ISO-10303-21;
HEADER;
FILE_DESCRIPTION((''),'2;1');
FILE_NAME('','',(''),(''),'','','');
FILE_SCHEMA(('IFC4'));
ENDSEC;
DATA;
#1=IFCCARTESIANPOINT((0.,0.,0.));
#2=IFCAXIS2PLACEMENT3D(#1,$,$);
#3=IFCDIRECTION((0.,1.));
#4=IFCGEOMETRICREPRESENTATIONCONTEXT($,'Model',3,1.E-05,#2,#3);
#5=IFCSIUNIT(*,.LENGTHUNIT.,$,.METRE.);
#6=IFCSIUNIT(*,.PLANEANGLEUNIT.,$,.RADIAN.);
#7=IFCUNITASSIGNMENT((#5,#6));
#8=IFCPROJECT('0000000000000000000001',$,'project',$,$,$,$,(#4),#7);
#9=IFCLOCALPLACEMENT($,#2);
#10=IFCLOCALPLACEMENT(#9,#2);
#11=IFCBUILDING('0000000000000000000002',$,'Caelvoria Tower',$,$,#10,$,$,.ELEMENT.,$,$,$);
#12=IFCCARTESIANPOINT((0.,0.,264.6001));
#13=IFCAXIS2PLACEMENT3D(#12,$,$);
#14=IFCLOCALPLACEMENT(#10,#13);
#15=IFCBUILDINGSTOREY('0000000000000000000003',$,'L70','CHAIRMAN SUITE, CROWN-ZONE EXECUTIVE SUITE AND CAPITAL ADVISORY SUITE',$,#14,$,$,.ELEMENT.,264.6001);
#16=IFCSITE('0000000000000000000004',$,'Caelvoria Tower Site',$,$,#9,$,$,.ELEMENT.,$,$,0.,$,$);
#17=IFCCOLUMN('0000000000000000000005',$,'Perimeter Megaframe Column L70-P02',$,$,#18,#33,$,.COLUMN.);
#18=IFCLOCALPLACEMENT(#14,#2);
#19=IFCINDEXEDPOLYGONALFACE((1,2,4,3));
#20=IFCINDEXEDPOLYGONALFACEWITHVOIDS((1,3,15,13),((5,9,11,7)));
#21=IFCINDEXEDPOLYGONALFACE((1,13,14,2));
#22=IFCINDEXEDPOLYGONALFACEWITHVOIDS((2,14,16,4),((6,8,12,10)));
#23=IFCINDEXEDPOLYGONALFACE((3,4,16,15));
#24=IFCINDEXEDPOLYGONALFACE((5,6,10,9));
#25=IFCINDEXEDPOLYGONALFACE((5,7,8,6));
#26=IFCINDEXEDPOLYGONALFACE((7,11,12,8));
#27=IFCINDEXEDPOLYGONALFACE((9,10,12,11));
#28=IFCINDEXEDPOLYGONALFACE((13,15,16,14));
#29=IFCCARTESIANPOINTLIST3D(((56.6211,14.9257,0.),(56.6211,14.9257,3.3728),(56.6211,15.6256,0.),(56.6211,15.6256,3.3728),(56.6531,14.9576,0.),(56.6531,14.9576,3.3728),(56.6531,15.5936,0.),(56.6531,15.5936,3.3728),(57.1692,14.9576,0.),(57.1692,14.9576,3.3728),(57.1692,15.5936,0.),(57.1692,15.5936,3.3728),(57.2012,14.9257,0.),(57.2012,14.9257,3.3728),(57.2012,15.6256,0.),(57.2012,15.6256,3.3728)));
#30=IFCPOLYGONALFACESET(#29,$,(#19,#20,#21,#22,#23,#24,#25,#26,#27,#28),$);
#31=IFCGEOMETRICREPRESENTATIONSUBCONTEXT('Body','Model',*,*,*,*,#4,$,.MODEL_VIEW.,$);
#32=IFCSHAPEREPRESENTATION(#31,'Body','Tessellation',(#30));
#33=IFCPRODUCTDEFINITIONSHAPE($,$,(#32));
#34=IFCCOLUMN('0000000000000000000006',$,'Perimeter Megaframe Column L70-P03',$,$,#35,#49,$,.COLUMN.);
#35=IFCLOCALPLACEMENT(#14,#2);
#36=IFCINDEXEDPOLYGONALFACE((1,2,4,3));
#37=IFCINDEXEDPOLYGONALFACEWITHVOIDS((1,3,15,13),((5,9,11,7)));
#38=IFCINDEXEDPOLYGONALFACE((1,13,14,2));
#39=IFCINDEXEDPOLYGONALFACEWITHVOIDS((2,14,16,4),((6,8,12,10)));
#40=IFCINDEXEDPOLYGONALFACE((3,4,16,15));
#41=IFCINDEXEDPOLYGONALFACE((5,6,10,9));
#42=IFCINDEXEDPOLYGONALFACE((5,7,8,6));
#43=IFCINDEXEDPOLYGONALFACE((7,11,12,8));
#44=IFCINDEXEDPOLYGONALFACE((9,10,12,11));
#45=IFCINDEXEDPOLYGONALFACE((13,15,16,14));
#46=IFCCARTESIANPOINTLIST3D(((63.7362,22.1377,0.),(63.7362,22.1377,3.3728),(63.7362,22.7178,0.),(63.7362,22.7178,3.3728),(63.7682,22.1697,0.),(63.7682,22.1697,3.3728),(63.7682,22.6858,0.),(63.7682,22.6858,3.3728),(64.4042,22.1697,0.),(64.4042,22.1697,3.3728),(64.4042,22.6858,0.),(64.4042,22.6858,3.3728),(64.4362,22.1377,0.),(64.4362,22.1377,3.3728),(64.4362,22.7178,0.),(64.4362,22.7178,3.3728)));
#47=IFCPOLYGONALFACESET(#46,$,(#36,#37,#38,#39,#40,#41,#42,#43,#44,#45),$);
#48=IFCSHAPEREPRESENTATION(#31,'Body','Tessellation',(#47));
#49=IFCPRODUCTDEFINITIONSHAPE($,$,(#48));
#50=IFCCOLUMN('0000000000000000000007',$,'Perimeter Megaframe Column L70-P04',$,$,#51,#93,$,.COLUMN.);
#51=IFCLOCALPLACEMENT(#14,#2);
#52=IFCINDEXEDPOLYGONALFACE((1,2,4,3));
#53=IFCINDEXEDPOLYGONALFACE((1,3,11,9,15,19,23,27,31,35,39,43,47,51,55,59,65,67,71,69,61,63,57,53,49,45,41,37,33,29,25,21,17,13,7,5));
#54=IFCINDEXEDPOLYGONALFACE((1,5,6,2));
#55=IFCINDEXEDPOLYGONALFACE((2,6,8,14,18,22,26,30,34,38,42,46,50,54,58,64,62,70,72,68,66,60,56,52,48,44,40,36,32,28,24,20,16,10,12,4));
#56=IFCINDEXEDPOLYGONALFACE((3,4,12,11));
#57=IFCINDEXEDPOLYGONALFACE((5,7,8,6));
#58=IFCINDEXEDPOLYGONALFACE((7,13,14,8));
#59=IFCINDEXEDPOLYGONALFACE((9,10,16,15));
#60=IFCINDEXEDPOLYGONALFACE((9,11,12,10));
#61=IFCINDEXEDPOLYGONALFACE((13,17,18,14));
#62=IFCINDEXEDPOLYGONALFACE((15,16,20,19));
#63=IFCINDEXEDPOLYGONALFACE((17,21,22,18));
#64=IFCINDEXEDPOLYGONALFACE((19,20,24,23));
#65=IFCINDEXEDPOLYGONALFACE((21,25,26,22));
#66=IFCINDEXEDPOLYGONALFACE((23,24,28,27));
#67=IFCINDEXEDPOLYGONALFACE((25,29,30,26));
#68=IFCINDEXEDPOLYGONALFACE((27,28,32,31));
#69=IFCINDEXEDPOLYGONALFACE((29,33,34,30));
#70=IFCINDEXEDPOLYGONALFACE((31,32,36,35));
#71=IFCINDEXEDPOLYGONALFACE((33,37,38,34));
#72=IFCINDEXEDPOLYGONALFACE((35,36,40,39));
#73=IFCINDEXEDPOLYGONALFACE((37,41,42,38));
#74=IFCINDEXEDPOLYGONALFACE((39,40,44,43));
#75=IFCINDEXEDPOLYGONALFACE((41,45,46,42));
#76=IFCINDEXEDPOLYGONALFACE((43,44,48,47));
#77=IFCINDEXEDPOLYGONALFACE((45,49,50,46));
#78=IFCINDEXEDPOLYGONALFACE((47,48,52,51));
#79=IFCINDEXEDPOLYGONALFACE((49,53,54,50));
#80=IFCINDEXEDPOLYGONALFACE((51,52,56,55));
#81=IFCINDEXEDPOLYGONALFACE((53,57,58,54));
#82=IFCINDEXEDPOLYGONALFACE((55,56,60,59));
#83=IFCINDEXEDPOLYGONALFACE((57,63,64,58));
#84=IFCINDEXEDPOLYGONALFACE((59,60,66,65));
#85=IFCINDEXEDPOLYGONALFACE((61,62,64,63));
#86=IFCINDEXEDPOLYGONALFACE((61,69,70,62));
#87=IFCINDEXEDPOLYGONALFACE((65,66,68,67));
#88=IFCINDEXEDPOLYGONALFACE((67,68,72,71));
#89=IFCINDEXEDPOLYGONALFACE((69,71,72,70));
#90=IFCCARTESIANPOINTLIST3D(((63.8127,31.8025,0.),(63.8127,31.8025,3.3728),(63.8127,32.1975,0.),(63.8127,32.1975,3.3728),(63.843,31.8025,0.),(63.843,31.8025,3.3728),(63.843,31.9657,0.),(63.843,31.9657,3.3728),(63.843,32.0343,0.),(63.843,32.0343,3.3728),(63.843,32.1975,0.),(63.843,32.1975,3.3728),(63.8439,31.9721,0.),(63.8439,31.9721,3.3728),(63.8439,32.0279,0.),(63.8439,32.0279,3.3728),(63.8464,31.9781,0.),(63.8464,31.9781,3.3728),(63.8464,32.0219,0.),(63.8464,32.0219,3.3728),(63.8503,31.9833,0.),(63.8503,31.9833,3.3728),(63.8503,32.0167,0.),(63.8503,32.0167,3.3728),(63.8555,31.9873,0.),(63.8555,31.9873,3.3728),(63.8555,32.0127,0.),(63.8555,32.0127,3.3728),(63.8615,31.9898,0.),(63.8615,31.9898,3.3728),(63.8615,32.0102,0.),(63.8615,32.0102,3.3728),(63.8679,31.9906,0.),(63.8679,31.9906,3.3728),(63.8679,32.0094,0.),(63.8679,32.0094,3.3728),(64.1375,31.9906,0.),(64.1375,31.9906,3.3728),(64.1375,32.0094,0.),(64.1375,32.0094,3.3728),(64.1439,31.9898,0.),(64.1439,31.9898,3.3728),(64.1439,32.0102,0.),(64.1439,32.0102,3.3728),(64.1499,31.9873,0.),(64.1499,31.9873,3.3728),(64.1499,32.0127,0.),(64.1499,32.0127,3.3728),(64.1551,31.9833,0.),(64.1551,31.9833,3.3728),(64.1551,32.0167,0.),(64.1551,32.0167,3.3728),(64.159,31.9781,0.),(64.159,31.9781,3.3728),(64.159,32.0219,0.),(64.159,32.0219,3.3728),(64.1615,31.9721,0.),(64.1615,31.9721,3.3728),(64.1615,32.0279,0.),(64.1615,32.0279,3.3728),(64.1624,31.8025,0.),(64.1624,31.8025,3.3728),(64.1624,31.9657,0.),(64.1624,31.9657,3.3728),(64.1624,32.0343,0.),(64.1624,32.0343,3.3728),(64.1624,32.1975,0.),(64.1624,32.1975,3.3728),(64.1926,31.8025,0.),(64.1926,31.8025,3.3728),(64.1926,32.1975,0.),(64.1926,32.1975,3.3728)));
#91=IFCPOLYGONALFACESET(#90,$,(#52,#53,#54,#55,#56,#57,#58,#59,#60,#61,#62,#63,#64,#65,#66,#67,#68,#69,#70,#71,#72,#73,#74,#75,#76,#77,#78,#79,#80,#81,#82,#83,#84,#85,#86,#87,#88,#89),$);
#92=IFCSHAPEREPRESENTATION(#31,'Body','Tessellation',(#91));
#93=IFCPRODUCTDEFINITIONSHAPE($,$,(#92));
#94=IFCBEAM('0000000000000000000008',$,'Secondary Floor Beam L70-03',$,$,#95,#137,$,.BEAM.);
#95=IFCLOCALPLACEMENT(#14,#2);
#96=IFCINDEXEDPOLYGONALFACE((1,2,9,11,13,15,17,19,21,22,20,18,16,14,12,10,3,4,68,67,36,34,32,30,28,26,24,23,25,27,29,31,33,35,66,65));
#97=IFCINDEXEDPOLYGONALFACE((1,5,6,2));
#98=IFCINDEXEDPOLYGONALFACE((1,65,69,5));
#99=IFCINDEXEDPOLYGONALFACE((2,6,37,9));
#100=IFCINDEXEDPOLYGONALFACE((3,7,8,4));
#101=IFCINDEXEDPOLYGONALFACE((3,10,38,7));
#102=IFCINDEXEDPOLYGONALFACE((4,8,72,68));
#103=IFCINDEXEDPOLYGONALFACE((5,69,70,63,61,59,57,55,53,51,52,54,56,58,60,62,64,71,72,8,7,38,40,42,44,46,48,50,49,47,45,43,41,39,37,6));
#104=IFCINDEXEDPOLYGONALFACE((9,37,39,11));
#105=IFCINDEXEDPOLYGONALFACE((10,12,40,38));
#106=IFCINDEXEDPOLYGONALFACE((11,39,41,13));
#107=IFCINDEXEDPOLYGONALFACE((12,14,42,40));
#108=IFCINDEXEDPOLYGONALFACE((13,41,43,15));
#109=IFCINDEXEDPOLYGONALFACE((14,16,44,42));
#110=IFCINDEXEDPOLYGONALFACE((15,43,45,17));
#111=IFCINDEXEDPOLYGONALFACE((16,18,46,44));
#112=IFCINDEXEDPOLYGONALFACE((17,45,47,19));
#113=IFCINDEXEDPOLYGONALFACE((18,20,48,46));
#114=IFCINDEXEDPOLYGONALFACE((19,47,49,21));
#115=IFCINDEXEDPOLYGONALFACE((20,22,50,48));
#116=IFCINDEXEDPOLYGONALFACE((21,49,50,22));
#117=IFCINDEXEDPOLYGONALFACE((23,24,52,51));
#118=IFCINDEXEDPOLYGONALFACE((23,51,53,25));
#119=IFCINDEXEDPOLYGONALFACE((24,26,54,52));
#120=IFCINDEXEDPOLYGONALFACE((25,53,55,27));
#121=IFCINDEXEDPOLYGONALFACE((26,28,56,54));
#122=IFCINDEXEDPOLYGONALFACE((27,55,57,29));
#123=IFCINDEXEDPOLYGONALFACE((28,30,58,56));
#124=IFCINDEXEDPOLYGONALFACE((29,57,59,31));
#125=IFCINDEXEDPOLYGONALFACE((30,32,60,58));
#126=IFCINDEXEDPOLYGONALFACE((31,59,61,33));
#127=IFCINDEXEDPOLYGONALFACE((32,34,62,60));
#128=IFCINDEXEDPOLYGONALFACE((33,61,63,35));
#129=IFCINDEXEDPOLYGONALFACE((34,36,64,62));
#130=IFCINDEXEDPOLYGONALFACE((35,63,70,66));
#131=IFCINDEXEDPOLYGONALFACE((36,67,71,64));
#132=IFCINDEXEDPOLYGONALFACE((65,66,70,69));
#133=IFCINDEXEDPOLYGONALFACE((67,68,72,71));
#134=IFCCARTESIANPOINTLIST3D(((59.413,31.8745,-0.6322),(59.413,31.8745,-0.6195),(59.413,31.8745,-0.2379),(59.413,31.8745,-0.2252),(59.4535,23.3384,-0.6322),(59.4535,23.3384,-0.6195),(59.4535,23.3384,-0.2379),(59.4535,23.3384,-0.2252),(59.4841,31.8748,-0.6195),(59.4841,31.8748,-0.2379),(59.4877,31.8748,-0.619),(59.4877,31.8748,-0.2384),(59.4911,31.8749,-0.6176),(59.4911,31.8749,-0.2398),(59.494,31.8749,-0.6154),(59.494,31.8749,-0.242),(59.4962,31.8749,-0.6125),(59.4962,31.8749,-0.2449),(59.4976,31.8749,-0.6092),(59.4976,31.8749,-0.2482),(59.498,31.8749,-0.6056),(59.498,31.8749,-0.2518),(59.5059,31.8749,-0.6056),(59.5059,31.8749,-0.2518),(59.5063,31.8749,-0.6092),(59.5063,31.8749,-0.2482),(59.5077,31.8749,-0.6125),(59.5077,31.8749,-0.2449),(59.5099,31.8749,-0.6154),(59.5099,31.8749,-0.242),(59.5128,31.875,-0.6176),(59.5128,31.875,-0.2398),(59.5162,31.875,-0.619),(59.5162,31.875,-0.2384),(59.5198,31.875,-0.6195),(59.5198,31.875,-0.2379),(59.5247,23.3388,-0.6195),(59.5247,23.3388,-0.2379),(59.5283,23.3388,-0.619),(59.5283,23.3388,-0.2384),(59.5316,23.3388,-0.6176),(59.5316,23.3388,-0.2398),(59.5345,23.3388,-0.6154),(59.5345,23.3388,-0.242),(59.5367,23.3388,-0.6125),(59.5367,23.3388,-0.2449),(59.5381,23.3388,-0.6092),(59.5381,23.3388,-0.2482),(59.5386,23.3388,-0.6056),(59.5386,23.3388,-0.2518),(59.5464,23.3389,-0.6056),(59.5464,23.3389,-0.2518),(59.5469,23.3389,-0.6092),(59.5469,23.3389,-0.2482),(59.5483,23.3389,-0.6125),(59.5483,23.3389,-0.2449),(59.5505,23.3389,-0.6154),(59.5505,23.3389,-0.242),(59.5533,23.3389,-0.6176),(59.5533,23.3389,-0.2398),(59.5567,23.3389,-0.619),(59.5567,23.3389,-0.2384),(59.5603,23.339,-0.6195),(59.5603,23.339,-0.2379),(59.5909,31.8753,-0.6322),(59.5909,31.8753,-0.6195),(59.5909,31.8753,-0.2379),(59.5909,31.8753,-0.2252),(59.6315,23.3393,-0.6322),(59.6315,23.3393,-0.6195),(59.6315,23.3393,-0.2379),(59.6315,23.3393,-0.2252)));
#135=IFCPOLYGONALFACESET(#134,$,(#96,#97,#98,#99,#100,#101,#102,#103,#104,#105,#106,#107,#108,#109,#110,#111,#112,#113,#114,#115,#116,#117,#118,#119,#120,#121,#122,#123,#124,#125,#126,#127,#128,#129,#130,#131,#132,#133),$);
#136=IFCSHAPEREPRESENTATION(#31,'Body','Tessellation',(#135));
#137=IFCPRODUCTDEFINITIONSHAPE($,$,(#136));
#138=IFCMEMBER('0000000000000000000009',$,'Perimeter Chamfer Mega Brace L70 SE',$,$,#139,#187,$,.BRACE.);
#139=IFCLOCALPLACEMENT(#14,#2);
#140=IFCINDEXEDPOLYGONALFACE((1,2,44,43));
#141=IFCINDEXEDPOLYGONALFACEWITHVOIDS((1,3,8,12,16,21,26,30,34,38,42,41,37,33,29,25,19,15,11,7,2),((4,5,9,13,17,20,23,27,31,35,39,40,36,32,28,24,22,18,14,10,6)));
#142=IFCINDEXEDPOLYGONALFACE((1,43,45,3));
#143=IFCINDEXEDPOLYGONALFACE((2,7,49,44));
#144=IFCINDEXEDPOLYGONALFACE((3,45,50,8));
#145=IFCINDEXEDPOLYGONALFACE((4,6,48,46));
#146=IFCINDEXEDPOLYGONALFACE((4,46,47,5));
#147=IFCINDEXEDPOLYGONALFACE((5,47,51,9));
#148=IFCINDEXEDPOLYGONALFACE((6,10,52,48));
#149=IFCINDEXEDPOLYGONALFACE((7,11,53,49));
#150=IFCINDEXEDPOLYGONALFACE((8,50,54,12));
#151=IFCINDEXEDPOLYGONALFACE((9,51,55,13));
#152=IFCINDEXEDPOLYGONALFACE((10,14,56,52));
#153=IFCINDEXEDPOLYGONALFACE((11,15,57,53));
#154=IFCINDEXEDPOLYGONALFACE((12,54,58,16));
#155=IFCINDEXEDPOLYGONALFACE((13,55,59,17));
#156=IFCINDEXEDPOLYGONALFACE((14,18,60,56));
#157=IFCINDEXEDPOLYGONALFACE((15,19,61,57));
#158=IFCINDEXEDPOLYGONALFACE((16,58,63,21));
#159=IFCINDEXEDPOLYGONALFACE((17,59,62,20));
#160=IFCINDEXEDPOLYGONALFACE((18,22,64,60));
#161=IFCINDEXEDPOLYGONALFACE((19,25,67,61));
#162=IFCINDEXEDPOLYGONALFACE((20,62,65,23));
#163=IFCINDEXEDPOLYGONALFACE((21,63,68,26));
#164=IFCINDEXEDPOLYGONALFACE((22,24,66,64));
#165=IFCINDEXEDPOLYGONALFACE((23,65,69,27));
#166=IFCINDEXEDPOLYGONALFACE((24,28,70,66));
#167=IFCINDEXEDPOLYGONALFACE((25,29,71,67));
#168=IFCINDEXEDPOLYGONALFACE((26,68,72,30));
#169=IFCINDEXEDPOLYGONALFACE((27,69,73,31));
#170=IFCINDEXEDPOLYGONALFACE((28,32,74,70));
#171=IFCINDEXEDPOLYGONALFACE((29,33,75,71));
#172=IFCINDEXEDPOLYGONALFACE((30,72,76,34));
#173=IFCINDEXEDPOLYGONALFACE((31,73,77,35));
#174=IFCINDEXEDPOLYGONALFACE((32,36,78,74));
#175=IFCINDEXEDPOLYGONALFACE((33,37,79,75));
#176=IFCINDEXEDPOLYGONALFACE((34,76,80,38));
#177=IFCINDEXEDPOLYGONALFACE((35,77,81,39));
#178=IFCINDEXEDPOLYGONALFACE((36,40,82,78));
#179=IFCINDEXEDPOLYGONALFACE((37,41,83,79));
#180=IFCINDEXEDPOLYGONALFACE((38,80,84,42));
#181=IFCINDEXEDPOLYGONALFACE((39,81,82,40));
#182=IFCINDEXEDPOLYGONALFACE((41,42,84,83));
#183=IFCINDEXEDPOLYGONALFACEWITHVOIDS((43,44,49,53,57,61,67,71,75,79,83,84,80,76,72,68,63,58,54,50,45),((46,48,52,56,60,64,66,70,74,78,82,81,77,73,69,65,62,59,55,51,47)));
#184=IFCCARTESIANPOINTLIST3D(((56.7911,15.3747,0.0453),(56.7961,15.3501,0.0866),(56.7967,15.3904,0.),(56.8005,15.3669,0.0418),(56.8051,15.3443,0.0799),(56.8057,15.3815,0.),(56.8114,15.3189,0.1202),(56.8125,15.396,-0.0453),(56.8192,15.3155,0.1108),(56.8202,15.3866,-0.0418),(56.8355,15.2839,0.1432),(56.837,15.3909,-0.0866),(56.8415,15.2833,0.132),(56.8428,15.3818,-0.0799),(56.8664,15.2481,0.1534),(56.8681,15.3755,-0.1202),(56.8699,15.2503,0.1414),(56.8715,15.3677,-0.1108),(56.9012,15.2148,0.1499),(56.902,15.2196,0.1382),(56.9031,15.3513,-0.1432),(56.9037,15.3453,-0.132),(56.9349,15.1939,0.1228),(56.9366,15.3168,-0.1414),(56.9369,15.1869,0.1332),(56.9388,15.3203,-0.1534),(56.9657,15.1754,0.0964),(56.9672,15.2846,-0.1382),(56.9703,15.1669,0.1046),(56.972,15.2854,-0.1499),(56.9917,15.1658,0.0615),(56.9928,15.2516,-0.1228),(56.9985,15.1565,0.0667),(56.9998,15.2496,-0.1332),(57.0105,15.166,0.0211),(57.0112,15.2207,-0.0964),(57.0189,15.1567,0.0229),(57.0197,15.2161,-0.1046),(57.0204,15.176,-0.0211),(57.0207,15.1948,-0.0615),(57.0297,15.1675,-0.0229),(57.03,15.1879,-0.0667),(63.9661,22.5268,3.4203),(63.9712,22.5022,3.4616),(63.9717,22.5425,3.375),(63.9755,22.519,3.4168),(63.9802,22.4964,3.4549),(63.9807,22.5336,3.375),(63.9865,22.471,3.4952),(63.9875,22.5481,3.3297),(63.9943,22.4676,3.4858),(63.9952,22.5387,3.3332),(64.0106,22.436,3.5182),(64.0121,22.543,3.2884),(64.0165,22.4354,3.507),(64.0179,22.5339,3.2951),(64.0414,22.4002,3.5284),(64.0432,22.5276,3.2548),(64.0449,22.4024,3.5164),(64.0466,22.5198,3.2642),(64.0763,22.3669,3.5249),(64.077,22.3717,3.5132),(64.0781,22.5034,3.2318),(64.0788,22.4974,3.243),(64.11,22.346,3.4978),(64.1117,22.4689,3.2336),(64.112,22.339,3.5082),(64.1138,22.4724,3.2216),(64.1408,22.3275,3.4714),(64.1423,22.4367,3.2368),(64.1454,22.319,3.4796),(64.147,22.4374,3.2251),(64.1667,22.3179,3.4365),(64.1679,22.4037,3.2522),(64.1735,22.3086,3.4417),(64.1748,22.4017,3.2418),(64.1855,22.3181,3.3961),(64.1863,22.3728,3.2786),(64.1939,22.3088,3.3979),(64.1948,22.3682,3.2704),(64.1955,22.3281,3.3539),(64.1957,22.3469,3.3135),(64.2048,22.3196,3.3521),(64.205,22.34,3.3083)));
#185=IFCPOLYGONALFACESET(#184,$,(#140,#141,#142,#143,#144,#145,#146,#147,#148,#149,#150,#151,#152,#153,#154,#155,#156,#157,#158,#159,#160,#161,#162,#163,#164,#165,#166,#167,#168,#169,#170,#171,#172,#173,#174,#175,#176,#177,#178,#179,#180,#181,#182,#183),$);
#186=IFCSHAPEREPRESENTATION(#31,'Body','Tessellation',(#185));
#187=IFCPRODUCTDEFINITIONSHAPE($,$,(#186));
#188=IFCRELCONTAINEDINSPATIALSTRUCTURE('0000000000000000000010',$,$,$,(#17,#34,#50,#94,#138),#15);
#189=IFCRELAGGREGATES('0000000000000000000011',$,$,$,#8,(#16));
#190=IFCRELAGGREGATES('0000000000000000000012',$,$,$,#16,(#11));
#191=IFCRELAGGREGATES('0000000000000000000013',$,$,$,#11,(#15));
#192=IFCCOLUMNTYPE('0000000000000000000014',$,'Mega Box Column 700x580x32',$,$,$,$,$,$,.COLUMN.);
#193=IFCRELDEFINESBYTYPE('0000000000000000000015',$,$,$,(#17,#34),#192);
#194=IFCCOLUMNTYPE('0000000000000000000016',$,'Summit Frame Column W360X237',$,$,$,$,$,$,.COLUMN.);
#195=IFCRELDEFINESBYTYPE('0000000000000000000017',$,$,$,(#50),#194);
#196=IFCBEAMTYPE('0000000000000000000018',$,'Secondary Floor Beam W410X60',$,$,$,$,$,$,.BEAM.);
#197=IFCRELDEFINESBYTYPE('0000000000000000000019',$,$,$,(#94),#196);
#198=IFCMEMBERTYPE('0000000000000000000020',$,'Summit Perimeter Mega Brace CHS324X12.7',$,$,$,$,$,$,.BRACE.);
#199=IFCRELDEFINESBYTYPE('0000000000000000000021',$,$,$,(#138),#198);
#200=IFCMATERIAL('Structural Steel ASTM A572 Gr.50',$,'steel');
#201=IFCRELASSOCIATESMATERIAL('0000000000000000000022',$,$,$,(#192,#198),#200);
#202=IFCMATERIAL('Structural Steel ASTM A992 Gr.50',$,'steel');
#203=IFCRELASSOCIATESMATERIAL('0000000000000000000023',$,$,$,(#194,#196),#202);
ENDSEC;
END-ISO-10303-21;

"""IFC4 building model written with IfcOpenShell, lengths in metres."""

from ifc_helpers import new_model, si_unit, direction, frame, origin, origin_2d, place, context, subcontext, project, spatial, hollow_rectangle, hollow_circle, i_section, extrude, material, material_profile, profile_set, type_object, element, save


model = new_model("IFC4")

# Units and contexts
model_context = context("Model", 3, precision=1e-05, world=origin(), true_north=direction((0.0, 1.0)))
body_context = subcontext(model_context, "Body", "Model", "MODEL_VIEW")
ifc_project = project(units=[si_unit("LENGTHUNIT", "METRE"), si_unit("PLANEANGLEUNIT", "RADIAN")], contexts=[model_context])

# Site, building, storey
site_placement = place(None, origin())
site = spatial("IfcSite", under=ifc_project, at=site_placement, Name="Caelvoria Tower Site", CompositionType="ELEMENT", RefElevation=0.0)
building_placement = place(site_placement, origin())
building = spatial("IfcBuilding", under=site, at=building_placement, Name="Caelvoria Tower", CompositionType="ELEMENT")
storey_placement = place(building_placement, frame((0.0, 0.0, 264.6001)))
storey = spatial("IfcBuildingStorey", under=building, at=storey_placement, Name="L70", Description="CHAIRMAN SUITE, CROWN-ZONE EXECUTIVE SUITE AND CAPITAL ADVISORY SUITE", CompositionType="ELEMENT", Elevation=264.6001)

# Columns
ifc_material_1 = material(Name="Structural Steel ASTM A572 Gr.50", Category="steel")
ifc_material_profile_1 = material_profile(ifc_material_1, hollow_rectangle(XDim=0.5801, YDim=0.7, WallThickness=0.032, at=origin_2d()), Name="Structural Steel ASTM A572 Gr.50")
ifc_profile_set_1 = profile_set([ifc_material_profile_1], Name="BOX700X580X32 - Structural Steel ASTM A572 Gr.50")
column_type_1 = type_object("IfcColumnType", Name="Mega Box Column 700x580x32", PredefinedType="COLUMN", material=ifc_profile_set_1)
for number, where, z_axis, x_axis, name in (
    (1, (56.9111, 15.2756, 0.0), (0.0, 0.0, 1.0), (1.0, 0.0, 0.0), "Perimeter Megaframe Column L70-P02"),
    (2, (64.0862, 22.4277, 0.0), (0.0, 0.0, 1.0), (0.0, 1.0, 0.0), "Perimeter Megaframe Column L70-P03"),
):
    element("IfcColumn", number, at=place(storey_placement, frame(where, z_axis=z_axis, x_axis=x_axis)), inside=storey, type_object=column_type_1, Name=name, PredefinedType="COLUMN", context=body_context, shape_type="SweptSolid", body=[
        extrude(hollow_rectangle(XDim=0.5801, YDim=0.7, WallThickness=0.032, at=origin_2d()), origin(), (0.0, 0.0, 1.0), 3.3728),
    ])
ifc_material_2 = material(Name="Structural Steel ASTM A992 Gr.50", Category="steel")
ifc_material_profile_2 = material_profile(ifc_material_2, i_section(OverallWidth=0.395, OverallDepth=0.3799, WebThickness=0.0188, FlangeThickness=0.0303, FilletRadius=0.0249, at=origin_2d()), Name="Structural Steel ASTM A992 Gr.50")
ifc_profile_set_2 = profile_set([ifc_material_profile_2], Name="W360X237 - Structural Steel ASTM A992 Gr.50")
column_type_2 = type_object("IfcColumnType", Name="Summit Frame Column W360X237", PredefinedType="COLUMN", material=ifc_profile_set_2)
column_placement = place(storey_placement, frame((64.0027, 32.0, 0.0), z_axis=(0.0, 0.0, 1.0), x_axis=(0.0, 1.0, 0.0)))
element("IfcColumn", 3, at=column_placement, inside=storey, type_object=column_type_2, Name="Perimeter Megaframe Column L70-P04", PredefinedType="COLUMN", context=body_context, shape_type="SweptSolid", body=[
    extrude(i_section(OverallWidth=0.395, OverallDepth=0.3799, WebThickness=0.0188, FlangeThickness=0.0303, FilletRadius=0.0249, at=origin_2d()), origin(), (0.0, 0.0, 1.0), 3.3728),
])

# Beam
ifc_material_profile_3 = material_profile(ifc_material_2, i_section(OverallWidth=0.178, OverallDepth=0.407, WebThickness=0.0078, FlangeThickness=0.0127, FilletRadius=0.0139, at=origin_2d()), Name="Structural Steel ASTM A992 Gr.50")
ifc_profile_set_3 = profile_set([ifc_material_profile_3], Name="W410X60 - Structural Steel ASTM A992 Gr.50")
beam_type_1 = type_object("IfcBeamType", Name="Secondary Floor Beam W410X60", PredefinedType="BEAM", material=ifc_profile_set_3)
beam_1_placement = place(storey_placement, frame((59.5425, 23.3389, -0.4287), z_axis=(-0.004748, 0.999989, 0.0), x_axis=(-0.999989, -0.004748, 0.0)))
element("IfcBeam", 4, at=beam_1_placement, inside=storey, type_object=beam_type_1, Name="Secondary Floor Beam L70-03", PredefinedType="BEAM", context=body_context, shape_type="SweptSolid", body=[
    extrude(i_section(OverallWidth=0.178, OverallDepth=0.407, WebThickness=0.0078, FlangeThickness=0.0127, FilletRadius=0.0139, at=origin_2d()), origin(), (0.0, 0.0, 1.0), 8.5361),
])

# Member
ifc_material_profile_4 = material_profile(ifc_material_1, hollow_circle(Radius=0.1621, WallThickness=0.0127, at=origin_2d()), Name="Structural Steel ASTM A572 Gr.50")
ifc_profile_set_4 = profile_set([ifc_material_profile_4], Name="CHS324X12.7 - Structural Steel ASTM A572 Gr.50")
member_type = type_object("IfcMemberType", Name="Summit Perimeter Mega Brace CHS324X12.7", PredefinedType="BRACE", material=ifc_profile_set_4)
member_placement = place(storey_placement, frame((56.9111, 15.2756, 0.0), z_axis=(0.671933, 0.669784, 0.316064), x_axis=(-0.705973, 0.708239, 0.0)))
element("IfcMember", 5, at=member_placement, inside=storey, type_object=member_type, Name="Perimeter Chamfer Mega Brace L70 SE", PredefinedType="BRACE", context=body_context, shape_type="SweptSolid", body=[
    extrude(hollow_circle(Radius=0.1621, WallThickness=0.0127, at=origin_2d()), origin(), (0.0, 0.0, 1.0), 10.6782),
])

save(model, "model.ifc")
